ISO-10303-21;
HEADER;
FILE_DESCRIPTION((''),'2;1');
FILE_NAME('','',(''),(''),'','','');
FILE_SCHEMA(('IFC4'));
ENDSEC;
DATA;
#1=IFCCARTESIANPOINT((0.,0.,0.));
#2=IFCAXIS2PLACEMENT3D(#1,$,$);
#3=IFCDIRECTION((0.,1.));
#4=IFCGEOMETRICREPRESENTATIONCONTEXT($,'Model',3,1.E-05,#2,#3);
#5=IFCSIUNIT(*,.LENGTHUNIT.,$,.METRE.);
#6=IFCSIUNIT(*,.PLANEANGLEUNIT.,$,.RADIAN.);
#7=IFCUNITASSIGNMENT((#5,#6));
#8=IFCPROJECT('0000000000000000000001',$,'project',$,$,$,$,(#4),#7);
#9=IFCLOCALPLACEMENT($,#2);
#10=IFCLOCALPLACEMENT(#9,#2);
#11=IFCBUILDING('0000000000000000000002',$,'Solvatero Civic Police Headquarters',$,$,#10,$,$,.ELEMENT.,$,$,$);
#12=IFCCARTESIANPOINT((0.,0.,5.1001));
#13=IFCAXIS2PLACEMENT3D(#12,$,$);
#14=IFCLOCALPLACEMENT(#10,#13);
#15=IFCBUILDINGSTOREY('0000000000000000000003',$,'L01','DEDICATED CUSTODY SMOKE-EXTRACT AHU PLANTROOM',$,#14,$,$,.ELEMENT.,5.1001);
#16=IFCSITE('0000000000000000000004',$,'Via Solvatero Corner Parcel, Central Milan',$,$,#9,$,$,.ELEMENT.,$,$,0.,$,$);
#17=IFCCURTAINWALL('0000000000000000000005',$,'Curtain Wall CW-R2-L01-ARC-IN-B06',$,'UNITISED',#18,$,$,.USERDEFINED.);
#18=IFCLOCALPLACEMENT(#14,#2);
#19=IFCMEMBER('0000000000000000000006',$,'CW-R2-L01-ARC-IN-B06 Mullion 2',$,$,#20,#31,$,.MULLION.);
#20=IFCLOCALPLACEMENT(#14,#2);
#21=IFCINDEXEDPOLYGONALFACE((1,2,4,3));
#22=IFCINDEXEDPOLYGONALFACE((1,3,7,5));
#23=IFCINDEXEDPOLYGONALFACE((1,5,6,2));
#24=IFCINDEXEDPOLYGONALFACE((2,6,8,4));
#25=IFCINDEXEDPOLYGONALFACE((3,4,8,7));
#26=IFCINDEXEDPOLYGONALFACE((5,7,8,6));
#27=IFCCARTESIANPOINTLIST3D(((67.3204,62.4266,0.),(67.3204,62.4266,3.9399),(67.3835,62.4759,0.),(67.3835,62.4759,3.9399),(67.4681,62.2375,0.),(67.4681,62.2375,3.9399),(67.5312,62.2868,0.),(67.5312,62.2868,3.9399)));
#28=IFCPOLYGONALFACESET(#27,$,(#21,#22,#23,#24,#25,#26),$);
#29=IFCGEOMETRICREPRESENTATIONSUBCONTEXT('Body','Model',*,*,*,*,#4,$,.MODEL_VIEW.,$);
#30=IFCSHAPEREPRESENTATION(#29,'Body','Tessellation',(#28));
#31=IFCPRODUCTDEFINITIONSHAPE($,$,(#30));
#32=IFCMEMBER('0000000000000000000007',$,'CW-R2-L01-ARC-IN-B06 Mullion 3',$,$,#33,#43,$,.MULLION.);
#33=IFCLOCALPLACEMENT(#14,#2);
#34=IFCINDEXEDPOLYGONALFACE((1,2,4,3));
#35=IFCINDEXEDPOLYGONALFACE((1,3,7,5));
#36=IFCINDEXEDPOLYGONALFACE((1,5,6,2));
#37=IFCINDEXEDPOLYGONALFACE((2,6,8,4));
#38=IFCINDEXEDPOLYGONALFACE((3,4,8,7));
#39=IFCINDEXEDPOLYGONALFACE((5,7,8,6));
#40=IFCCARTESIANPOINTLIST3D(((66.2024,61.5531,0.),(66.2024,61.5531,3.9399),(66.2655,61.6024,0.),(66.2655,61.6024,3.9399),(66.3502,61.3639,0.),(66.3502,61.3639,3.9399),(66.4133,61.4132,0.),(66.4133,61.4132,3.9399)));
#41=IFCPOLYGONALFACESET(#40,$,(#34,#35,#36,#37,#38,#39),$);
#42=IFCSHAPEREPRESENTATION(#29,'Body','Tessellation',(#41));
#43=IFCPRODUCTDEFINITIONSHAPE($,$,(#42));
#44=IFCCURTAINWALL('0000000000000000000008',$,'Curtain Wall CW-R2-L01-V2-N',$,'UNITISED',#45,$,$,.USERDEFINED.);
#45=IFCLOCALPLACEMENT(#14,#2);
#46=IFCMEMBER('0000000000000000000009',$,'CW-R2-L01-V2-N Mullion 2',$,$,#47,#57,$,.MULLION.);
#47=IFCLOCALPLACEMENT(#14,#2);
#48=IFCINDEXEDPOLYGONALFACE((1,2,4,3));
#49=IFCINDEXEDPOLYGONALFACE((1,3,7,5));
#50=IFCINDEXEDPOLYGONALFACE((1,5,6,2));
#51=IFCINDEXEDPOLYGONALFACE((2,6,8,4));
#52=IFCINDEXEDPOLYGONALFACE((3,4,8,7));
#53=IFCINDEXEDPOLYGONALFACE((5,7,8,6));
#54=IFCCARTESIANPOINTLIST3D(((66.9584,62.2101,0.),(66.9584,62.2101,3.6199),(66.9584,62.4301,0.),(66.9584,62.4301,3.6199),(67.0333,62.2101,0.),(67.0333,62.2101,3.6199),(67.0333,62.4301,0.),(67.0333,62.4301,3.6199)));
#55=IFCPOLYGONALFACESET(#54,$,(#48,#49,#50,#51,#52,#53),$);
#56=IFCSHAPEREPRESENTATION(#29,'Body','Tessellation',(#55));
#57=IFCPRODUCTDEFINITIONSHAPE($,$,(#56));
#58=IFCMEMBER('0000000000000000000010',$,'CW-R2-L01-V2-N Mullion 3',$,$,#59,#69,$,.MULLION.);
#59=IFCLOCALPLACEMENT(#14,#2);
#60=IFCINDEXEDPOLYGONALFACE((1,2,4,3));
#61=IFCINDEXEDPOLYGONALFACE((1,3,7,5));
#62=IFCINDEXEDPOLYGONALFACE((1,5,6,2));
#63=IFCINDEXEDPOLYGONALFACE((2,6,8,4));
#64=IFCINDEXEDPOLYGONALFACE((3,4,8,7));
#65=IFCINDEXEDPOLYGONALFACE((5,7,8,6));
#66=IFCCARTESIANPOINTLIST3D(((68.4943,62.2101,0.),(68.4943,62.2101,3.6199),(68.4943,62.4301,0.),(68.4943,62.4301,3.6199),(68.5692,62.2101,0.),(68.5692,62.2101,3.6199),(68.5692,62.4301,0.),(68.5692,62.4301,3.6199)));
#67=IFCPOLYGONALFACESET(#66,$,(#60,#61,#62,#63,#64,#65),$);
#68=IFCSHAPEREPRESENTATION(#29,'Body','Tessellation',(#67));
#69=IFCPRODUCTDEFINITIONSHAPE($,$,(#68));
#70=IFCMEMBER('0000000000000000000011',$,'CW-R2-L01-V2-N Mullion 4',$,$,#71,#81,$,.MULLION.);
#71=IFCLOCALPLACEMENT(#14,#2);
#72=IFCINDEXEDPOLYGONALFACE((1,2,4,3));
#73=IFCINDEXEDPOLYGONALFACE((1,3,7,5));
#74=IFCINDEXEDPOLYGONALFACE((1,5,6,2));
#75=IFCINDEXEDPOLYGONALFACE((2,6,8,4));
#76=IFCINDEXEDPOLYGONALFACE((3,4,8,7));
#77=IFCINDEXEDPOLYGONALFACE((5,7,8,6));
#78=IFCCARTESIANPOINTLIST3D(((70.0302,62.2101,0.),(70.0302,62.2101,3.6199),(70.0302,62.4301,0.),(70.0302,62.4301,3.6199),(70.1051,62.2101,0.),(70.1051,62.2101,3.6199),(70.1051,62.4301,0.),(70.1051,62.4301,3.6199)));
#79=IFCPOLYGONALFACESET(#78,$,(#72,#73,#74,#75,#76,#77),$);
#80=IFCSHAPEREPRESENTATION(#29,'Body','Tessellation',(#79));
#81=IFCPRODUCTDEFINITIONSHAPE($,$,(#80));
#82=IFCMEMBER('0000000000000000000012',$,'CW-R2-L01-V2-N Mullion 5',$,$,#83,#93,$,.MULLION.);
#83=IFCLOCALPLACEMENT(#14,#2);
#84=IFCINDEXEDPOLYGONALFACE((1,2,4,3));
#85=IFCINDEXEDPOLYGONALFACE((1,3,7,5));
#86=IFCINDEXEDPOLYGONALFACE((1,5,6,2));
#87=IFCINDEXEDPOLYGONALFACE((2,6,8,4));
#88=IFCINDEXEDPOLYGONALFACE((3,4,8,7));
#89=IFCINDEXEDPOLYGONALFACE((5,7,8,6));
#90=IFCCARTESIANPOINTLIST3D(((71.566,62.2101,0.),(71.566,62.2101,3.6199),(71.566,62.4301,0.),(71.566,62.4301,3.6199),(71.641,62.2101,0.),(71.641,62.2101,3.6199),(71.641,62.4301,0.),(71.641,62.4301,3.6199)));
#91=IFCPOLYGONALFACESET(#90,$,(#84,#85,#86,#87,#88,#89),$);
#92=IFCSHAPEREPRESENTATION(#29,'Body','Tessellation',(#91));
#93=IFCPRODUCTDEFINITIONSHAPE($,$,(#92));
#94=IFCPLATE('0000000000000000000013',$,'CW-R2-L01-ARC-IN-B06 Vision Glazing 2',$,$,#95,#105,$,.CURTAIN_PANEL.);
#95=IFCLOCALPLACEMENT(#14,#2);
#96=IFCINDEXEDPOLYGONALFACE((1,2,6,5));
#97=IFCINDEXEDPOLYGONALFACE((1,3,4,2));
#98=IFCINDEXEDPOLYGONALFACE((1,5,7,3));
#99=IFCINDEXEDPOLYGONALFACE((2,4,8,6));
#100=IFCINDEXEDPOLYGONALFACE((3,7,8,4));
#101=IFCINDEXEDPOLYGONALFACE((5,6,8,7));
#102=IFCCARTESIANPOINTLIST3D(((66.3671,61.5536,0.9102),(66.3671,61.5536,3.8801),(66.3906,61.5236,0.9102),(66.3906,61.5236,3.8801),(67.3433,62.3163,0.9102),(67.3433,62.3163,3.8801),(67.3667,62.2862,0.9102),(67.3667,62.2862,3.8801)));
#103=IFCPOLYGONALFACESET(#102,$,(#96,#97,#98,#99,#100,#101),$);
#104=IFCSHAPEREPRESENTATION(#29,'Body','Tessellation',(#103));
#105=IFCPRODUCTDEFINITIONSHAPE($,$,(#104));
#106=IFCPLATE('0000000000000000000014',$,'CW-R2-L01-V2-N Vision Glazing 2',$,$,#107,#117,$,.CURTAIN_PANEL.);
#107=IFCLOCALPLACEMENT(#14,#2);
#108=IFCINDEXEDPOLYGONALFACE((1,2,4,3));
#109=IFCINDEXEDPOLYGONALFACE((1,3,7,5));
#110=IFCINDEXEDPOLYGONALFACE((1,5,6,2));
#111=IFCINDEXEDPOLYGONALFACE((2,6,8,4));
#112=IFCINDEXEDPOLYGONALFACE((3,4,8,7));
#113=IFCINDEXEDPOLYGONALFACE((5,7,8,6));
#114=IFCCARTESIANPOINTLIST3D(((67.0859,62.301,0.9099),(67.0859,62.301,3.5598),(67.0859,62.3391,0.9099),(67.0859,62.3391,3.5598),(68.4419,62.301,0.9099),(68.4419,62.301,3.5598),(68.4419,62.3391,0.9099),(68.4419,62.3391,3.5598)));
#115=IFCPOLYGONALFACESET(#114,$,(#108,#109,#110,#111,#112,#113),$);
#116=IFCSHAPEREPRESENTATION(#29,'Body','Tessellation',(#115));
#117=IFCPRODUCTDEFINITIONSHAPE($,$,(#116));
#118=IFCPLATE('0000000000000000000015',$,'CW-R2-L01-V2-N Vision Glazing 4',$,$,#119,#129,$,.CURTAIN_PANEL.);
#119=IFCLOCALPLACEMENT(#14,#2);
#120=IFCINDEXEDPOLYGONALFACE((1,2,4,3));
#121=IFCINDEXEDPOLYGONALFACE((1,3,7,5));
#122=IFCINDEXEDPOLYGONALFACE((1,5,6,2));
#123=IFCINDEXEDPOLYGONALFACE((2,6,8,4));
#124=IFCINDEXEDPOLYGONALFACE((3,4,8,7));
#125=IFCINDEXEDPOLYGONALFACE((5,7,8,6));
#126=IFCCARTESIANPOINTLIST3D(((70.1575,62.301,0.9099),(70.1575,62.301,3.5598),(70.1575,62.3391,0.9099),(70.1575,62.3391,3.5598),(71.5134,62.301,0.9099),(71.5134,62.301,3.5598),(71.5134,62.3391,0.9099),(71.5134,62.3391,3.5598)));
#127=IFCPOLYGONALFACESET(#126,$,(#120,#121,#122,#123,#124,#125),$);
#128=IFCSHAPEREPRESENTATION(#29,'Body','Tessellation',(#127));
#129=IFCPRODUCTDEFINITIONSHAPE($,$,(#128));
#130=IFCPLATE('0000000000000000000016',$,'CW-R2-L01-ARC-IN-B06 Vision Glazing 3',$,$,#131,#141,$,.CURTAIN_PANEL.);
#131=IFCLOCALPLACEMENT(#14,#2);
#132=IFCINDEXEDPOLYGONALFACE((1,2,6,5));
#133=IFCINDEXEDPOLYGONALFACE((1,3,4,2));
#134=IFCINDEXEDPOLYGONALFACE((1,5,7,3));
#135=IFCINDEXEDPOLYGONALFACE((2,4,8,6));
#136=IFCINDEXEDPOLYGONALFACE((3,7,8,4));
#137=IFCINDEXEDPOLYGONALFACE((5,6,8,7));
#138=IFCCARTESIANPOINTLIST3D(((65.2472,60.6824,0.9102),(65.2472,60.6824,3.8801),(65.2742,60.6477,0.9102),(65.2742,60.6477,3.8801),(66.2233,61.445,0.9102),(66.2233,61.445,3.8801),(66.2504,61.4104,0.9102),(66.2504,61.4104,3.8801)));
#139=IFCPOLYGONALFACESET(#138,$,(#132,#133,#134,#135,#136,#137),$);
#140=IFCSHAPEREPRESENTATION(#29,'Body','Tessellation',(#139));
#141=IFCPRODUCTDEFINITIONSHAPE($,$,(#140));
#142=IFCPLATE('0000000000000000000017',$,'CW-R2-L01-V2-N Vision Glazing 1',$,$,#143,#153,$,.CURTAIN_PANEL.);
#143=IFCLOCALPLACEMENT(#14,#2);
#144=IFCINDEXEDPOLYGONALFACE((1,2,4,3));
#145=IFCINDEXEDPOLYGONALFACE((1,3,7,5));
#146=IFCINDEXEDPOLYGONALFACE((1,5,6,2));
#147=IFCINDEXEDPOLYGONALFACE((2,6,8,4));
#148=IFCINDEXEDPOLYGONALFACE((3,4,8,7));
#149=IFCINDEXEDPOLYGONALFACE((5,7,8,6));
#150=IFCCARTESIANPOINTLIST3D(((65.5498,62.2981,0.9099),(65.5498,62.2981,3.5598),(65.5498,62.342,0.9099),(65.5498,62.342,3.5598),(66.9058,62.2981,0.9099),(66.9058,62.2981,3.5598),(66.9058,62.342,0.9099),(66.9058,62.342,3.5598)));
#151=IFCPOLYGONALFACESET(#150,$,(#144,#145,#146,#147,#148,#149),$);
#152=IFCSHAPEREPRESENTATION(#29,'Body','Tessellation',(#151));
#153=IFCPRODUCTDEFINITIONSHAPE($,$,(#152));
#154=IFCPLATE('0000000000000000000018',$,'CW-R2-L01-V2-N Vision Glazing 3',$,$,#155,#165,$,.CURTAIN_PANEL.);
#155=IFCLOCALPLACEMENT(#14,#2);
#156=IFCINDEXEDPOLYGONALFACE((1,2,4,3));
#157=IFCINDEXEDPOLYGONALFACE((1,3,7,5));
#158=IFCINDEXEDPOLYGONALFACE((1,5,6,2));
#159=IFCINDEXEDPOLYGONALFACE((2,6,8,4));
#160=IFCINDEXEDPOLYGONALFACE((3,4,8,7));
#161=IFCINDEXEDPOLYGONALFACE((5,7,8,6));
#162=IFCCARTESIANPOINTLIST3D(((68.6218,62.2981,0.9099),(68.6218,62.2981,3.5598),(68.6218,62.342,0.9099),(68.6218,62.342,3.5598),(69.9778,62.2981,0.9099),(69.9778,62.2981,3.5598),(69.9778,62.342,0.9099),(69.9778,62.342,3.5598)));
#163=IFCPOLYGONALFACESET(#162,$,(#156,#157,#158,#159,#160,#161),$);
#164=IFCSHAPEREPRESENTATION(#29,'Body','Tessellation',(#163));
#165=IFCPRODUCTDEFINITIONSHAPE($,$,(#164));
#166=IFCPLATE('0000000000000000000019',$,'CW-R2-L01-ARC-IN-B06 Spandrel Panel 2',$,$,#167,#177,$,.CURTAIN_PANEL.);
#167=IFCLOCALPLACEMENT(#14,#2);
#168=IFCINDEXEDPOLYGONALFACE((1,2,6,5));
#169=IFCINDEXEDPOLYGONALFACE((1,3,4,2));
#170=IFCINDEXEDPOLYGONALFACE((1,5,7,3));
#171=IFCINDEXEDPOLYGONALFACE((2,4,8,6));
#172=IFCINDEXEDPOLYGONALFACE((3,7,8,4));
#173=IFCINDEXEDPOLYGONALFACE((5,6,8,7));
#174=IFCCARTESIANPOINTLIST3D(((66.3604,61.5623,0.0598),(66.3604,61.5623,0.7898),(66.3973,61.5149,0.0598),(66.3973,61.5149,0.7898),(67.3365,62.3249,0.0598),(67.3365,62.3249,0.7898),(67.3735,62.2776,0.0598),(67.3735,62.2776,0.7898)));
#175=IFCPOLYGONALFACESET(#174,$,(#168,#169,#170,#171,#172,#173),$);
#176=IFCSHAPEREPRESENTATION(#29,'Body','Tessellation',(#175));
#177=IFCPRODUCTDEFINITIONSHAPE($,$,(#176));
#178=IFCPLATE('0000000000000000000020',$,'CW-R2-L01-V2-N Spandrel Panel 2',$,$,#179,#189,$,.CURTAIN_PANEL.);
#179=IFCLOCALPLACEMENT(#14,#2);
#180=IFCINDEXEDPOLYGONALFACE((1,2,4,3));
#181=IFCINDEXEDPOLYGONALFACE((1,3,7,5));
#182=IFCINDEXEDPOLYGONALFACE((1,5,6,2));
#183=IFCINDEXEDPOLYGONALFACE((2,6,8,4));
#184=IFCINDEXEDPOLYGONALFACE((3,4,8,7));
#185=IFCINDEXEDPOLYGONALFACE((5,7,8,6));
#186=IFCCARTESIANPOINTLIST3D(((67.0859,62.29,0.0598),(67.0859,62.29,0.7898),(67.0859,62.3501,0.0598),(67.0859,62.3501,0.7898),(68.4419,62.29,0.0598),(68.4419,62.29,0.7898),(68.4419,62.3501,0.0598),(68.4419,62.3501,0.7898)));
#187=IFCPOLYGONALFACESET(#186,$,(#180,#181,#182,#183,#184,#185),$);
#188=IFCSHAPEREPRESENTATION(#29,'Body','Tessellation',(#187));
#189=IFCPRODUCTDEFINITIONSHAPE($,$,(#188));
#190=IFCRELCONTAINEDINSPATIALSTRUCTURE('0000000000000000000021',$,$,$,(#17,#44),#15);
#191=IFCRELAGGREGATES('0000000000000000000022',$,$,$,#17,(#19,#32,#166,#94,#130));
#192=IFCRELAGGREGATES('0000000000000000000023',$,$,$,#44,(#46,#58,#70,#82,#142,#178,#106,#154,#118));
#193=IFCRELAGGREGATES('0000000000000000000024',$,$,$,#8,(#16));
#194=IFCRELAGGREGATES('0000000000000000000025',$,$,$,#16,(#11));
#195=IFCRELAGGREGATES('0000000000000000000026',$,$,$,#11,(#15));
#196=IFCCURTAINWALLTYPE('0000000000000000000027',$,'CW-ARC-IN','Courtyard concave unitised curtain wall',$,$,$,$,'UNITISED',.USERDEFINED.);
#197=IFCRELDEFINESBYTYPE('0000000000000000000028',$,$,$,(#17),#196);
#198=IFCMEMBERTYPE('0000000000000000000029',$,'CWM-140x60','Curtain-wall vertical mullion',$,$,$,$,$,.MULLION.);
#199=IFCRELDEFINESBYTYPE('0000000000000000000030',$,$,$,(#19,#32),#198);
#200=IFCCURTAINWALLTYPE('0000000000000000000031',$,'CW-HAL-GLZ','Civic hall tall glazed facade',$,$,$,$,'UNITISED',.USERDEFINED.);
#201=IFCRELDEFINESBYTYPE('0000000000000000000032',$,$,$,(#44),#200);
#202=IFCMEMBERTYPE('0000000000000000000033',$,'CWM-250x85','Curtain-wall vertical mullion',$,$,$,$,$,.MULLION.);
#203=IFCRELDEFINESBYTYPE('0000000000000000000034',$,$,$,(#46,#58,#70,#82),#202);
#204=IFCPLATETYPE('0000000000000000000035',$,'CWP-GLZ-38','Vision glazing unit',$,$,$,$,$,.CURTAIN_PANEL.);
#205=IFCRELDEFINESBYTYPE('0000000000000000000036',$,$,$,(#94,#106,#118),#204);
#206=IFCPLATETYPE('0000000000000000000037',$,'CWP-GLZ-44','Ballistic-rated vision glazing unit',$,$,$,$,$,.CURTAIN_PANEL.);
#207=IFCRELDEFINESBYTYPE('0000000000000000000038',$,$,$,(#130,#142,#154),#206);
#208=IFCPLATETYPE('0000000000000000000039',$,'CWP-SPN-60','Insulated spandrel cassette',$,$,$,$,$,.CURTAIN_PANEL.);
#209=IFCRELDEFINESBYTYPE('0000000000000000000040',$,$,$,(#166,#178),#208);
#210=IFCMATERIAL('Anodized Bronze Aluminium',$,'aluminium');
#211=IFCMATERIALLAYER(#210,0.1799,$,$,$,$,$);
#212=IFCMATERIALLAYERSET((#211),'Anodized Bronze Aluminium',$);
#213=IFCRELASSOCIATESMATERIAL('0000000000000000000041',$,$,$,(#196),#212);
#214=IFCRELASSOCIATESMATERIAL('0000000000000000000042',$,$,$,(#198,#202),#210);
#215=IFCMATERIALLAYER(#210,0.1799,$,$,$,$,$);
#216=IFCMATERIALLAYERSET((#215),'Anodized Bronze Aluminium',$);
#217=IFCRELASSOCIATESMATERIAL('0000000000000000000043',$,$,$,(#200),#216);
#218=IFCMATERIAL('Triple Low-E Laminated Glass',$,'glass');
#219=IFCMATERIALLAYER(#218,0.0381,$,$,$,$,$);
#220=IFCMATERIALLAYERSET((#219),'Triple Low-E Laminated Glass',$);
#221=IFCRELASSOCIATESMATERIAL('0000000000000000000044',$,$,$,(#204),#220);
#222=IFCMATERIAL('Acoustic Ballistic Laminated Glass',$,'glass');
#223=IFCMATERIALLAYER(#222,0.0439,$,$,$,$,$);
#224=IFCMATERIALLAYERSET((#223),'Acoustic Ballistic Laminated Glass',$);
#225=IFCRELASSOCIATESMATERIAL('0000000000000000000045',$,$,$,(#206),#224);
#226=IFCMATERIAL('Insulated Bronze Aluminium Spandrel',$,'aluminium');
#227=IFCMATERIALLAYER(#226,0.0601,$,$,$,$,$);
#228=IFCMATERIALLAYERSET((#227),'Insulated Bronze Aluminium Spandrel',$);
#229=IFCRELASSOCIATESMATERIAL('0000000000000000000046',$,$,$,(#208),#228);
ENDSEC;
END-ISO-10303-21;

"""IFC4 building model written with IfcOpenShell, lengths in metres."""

from ifc_helpers import new_model, si_unit, direction, frame, origin, origin_2d, place, context, subcontext, project, spatial, rectangle, extrude, material, layer, layer_set, material_profile, profile_set, type_object, element, aggregate, save


model = new_model("IFC4")

# Units and contexts
model_context = context("Model", 3, precision=1e-05, world=origin(), true_north=direction((0.0, 1.0)))
body_context = subcontext(model_context, "Body", "Model", "MODEL_VIEW")
ifc_project = project(units=[si_unit("LENGTHUNIT", "METRE"), si_unit("PLANEANGLEUNIT", "RADIAN")], contexts=[model_context])

# Site, building, storey
site_placement = place(None, origin())
site = spatial("IfcSite", under=ifc_project, at=site_placement, Name="Via Solvatero Corner Parcel, Central Milan", CompositionType="ELEMENT", RefElevation=0.0)
building_placement = place(site_placement, origin())
building = spatial("IfcBuilding", under=site, at=building_placement, Name="Solvatero Civic Police Headquarters", CompositionType="ELEMENT")
storey_placement = place(building_placement, frame((0.0, 0.0, 5.1001)))
storey = spatial("IfcBuildingStorey", under=building, at=storey_placement, Name="L01", Description="DEDICATED CUSTODY SMOKE-EXTRACT AHU PLANTROOM", CompositionType="ELEMENT", Elevation=5.1001)

# Curtain walls, members
ifc_material_1 = material(Name="Anodized Bronze Aluminium", Category="aluminium")
ifc_layer_1 = layer(ifc_material_1, 0.1799)
ifc_layer_set_1 = layer_set([ifc_layer_1], Name="Anodized Bronze Aluminium")
curtain_wall_type_1 = type_object("IfcCurtainWallType", Name="CW-ARC-IN", Description="Courtyard concave unitised curtain wall", ElementType="UNITISED", PredefinedType="USERDEFINED", material=ifc_layer_set_1)
curtain_wall_1_placement = place(storey_placement, origin())
curtain_wall_1 = element("IfcCurtainWall", 1, at=curtain_wall_1_placement, inside=storey, type_object=curtain_wall_type_1, Name="Curtain Wall CW-R2-L01-ARC-IN-B06", ObjectType="UNITISED", PredefinedType="USERDEFINED")
ifc_material_profile_1 = material_profile(ifc_material_1, rectangle(XDim=0.0801, YDim=0.24, at=origin_2d()), Name="ALU MULLION 80x240")
ifc_profile_set_1 = profile_set([ifc_material_profile_1], Name="Anodized Bronze Aluminium")
member_type_1 = type_object("IfcMemberType", Name="CWM-140x60", Description="Curtain-wall vertical mullion", PredefinedType="MULLION", material=ifc_profile_set_1)
member_1_placement = place(storey_placement, frame((67.4258, 62.3567, 0.0), z_axis=(0.0, 0.0, 1.0), x_axis=(-0.788011, -0.615661, 0.0)))
member_1 = element("IfcMember", 2, at=member_1_placement, type_object=member_type_1, Name="CW-R2-L01-ARC-IN-B06 Mullion 2", PredefinedType="MULLION", context=body_context, shape_type="SweptSolid", body=[
    extrude(rectangle(XDim=0.0801, YDim=0.24, at=origin_2d()), origin(), (0.0, 0.0, 1.0), 3.9399),
])
member_2_placement = place(storey_placement, frame((66.3079, 61.4832, 0.0), z_axis=(0.0, 0.0, 1.0), x_axis=(-0.788011, -0.615661, 0.0)))
member_2 = element("IfcMember", 3, at=member_2_placement, type_object=member_type_1, Name="CW-R2-L01-ARC-IN-B06 Mullion 3", PredefinedType="MULLION", context=body_context, shape_type="SweptSolid", body=[
    extrude(rectangle(XDim=0.0801, YDim=0.24, at=origin_2d()), origin(), (0.0, 0.0, 1.0), 3.9399),
])
ifc_layer_2 = layer(ifc_material_1, 0.1799)
ifc_layer_set_2 = layer_set([ifc_layer_2], Name="Anodized Bronze Aluminium")
curtain_wall_type_2 = type_object("IfcCurtainWallType", Name="CW-HAL-GLZ", Description="Civic hall tall glazed facade", ElementType="UNITISED", PredefinedType="USERDEFINED", material=ifc_layer_set_2)
curtain_wall_2_placement = place(storey_placement, origin())
curtain_wall_2 = element("IfcCurtainWall", 4, at=curtain_wall_2_placement, inside=storey, type_object=curtain_wall_type_2, Name="Curtain Wall CW-R2-L01-V2-N", ObjectType="UNITISED", PredefinedType="USERDEFINED")
ifc_material_profile_2 = material_profile(ifc_material_1, rectangle(XDim=0.075, YDim=0.22, at=origin_2d()), Name="ALU MULLION 75x220")
ifc_profile_set_2 = profile_set([ifc_material_profile_2], Name="Anodized Bronze Aluminium")
member_type_2 = type_object("IfcMemberType", Name="CWM-250x85", Description="Curtain-wall vertical mullion", PredefinedType="MULLION", material=ifc_profile_set_2)
member_3_placement = place(storey_placement, frame((66.9958, 62.3201, 0.0), z_axis=(0.0, 0.0, 1.0), x_axis=(1.0, 0.0, 0.0)))
member_3 = element("IfcMember", 5, at=member_3_placement, type_object=member_type_2, Name="CW-R2-L01-V2-N Mullion 2", PredefinedType="MULLION", context=body_context, shape_type="SweptSolid", body=[
    extrude(rectangle(XDim=0.075, YDim=0.22, at=origin_2d()), origin(), (0.0, 0.0, 1.0), 3.6199),
])
member_4_placement = place(storey_placement, frame((68.5317, 62.3201, 0.0), z_axis=(0.0, 0.0, 1.0), x_axis=(1.0, 0.0, 0.0)))
member_4 = element("IfcMember", 6, at=member_4_placement, type_object=member_type_2, Name="CW-R2-L01-V2-N Mullion 3", PredefinedType="MULLION", context=body_context, shape_type="SweptSolid", body=[
    extrude(rectangle(XDim=0.075, YDim=0.22, at=origin_2d()), origin(), (0.0, 0.0, 1.0), 3.6199),
])
member_5_placement = place(storey_placement, frame((70.0676, 62.3201, 0.0), z_axis=(0.0, 0.0, 1.0), x_axis=(1.0, 0.0, 0.0)))
member_5 = element("IfcMember", 7, at=member_5_placement, type_object=member_type_2, Name="CW-R2-L01-V2-N Mullion 4", PredefinedType="MULLION", context=body_context, shape_type="SweptSolid", body=[
    extrude(rectangle(XDim=0.075, YDim=0.22, at=origin_2d()), origin(), (0.0, 0.0, 1.0), 3.6199),
])
member_6_placement = place(storey_placement, frame((71.6035, 62.3201, 0.0), z_axis=(0.0, 0.0, 1.0), x_axis=(1.0, 0.0, 0.0)))
member_6 = element("IfcMember", 8, at=member_6_placement, type_object=member_type_2, Name="CW-R2-L01-V2-N Mullion 5", PredefinedType="MULLION", context=body_context, shape_type="SweptSolid", body=[
    extrude(rectangle(XDim=0.075, YDim=0.22, at=origin_2d()), origin(), (0.0, 0.0, 1.0), 3.6199),
])

# Plates
ifc_material_2 = material(Name="Triple Low-E Laminated Glass", Category="glass")
ifc_layer_3 = layer(ifc_material_2, 0.0381)
ifc_layer_set_3 = layer_set([ifc_layer_3], Name="Triple Low-E Laminated Glass")
plate_type_1 = type_object("IfcPlateType", Name="CWP-GLZ-38", Description="Vision glazing unit", PredefinedType="CURTAIN_PANEL", material=ifc_layer_set_3)
plate_1_placement = place(storey_placement, frame((66.8669, 61.9199, 0.9102), z_axis=(0.0, 0.0, 1.0), x_axis=(-0.788011, -0.615661, 0.0)))
plate_1 = element("IfcPlate", 9, at=plate_1_placement, type_object=plate_type_1, Name="CW-R2-L01-ARC-IN-B06 Vision Glazing 2", PredefinedType="CURTAIN_PANEL", context=body_context, shape_type="SweptSolid", body=[
    extrude(rectangle(XDim=1.2388, YDim=0.0381, at=origin_2d()), origin(), (0.0, 0.0, 1.0), 2.97),
])
plate_2_placement = place(storey_placement, frame((67.7639, 62.3201, 0.9099), z_axis=(0.0, 0.0, 1.0), x_axis=(1.0, 0.0, 0.0)))
plate_2 = element("IfcPlate", 10, at=plate_2_placement, type_object=plate_type_1, Name="CW-R2-L01-V2-N Vision Glazing 2", PredefinedType="CURTAIN_PANEL", context=body_context, shape_type="SweptSolid", body=[
    extrude(rectangle(XDim=1.356, YDim=0.0381, at=origin_2d()), origin(), (0.0, 0.0, 1.0), 2.6499),
])
plate_3_placement = place(storey_placement, frame((70.8354, 62.3201, 0.9099), z_axis=(0.0, 0.0, 1.0), x_axis=(1.0, 0.0, 0.0)))
plate_3 = element("IfcPlate", 11, at=plate_3_placement, type_object=plate_type_1, Name="CW-R2-L01-V2-N Vision Glazing 4", PredefinedType="CURTAIN_PANEL", context=body_context, shape_type="SweptSolid", body=[
    extrude(rectangle(XDim=1.356, YDim=0.0381, at=origin_2d()), origin(), (0.0, 0.0, 1.0), 2.6499),
])
ifc_material_3 = material(Name="Acoustic Ballistic Laminated Glass", Category="glass")
ifc_layer_4 = layer(ifc_material_3, 0.0439)
ifc_layer_set_4 = layer_set([ifc_layer_4], Name="Acoustic Ballistic Laminated Glass")
plate_type_2 = type_object("IfcPlateType", Name="CWP-GLZ-44", Description="Ballistic-rated vision glazing unit", PredefinedType="CURTAIN_PANEL", material=ifc_layer_set_4)
plate_4_placement = place(storey_placement, frame((65.7488, 61.0464, 0.9102), z_axis=(0.0, 0.0, 1.0), x_axis=(-0.788011, -0.615661, 0.0)))
plate_4 = element("IfcPlate", 12, at=plate_4_placement, type_object=plate_type_2, Name="CW-R2-L01-ARC-IN-B06 Vision Glazing 3", PredefinedType="CURTAIN_PANEL", context=body_context, shape_type="SweptSolid", body=[
    extrude(rectangle(XDim=1.2388, YDim=0.0439, at=origin_2d()), origin(), (0.0, 0.0, 1.0), 2.97),
])
plate_5_placement = place(storey_placement, frame((66.2278, 62.3201, 0.9099), z_axis=(0.0, 0.0, 1.0), x_axis=(1.0, 0.0, 0.0)))
plate_5 = element("IfcPlate", 13, at=plate_5_placement, type_object=plate_type_2, Name="CW-R2-L01-V2-N Vision Glazing 1", PredefinedType="CURTAIN_PANEL", context=body_context, shape_type="SweptSolid", body=[
    extrude(rectangle(XDim=1.356, YDim=0.0439, at=origin_2d()), origin(), (0.0, 0.0, 1.0), 2.6499),
])
plate_6_placement = place(storey_placement, frame((69.2998, 62.3201, 0.9099), z_axis=(0.0, 0.0, 1.0), x_axis=(1.0, 0.0, 0.0)))
plate_6 = element("IfcPlate", 14, at=plate_6_placement, type_object=plate_type_2, Name="CW-R2-L01-V2-N Vision Glazing 3", PredefinedType="CURTAIN_PANEL", context=body_context, shape_type="SweptSolid", body=[
    extrude(rectangle(XDim=1.356, YDim=0.0439, at=origin_2d()), origin(), (0.0, 0.0, 1.0), 2.6499),
])
ifc_material_4 = material(Name="Insulated Bronze Aluminium Spandrel", Category="aluminium")
ifc_layer_5 = layer(ifc_material_4, 0.0601)
ifc_layer_set_5 = layer_set([ifc_layer_5], Name="Insulated Bronze Aluminium Spandrel")
plate_type_3 = type_object("IfcPlateType", Name="CWP-SPN-60", Description="Insulated spandrel cassette", PredefinedType="CURTAIN_PANEL", material=ifc_layer_set_5)
plate_7_placement = place(storey_placement, frame((66.8669, 61.9199, 0.0598), z_axis=(0.0, 0.0, 1.0), x_axis=(-0.788011, -0.615661, 0.0)))
plate_7 = element("IfcPlate", 15, at=plate_7_placement, type_object=plate_type_3, Name="CW-R2-L01-ARC-IN-B06 Spandrel Panel 2", PredefinedType="CURTAIN_PANEL", context=body_context, shape_type="SweptSolid", body=[
    extrude(rectangle(XDim=1.2388, YDim=0.0601, at=origin_2d()), origin(), (0.0, 0.0, 1.0), 0.73),
])
plate_8_placement = place(storey_placement, frame((67.7639, 62.3201, 0.0598), z_axis=(0.0, 0.0, 1.0), x_axis=(1.0, 0.0, 0.0)))
plate_8 = element("IfcPlate", 16, at=plate_8_placement, type_object=plate_type_3, Name="CW-R2-L01-V2-N Spandrel Panel 2", PredefinedType="CURTAIN_PANEL", context=body_context, shape_type="SweptSolid", body=[
    extrude(rectangle(XDim=1.356, YDim=0.0601, at=origin_2d()), origin(), (0.0, 0.0, 1.0), 0.73),
])
aggregate(curtain_wall_1, [member_1, member_2, plate_7, plate_1, plate_4])
aggregate(curtain_wall_2, [member_3, member_4, member_5, member_6, plate_5, plate_8, plate_2, plate_6, plate_3])

save(model, "model.ifc")
